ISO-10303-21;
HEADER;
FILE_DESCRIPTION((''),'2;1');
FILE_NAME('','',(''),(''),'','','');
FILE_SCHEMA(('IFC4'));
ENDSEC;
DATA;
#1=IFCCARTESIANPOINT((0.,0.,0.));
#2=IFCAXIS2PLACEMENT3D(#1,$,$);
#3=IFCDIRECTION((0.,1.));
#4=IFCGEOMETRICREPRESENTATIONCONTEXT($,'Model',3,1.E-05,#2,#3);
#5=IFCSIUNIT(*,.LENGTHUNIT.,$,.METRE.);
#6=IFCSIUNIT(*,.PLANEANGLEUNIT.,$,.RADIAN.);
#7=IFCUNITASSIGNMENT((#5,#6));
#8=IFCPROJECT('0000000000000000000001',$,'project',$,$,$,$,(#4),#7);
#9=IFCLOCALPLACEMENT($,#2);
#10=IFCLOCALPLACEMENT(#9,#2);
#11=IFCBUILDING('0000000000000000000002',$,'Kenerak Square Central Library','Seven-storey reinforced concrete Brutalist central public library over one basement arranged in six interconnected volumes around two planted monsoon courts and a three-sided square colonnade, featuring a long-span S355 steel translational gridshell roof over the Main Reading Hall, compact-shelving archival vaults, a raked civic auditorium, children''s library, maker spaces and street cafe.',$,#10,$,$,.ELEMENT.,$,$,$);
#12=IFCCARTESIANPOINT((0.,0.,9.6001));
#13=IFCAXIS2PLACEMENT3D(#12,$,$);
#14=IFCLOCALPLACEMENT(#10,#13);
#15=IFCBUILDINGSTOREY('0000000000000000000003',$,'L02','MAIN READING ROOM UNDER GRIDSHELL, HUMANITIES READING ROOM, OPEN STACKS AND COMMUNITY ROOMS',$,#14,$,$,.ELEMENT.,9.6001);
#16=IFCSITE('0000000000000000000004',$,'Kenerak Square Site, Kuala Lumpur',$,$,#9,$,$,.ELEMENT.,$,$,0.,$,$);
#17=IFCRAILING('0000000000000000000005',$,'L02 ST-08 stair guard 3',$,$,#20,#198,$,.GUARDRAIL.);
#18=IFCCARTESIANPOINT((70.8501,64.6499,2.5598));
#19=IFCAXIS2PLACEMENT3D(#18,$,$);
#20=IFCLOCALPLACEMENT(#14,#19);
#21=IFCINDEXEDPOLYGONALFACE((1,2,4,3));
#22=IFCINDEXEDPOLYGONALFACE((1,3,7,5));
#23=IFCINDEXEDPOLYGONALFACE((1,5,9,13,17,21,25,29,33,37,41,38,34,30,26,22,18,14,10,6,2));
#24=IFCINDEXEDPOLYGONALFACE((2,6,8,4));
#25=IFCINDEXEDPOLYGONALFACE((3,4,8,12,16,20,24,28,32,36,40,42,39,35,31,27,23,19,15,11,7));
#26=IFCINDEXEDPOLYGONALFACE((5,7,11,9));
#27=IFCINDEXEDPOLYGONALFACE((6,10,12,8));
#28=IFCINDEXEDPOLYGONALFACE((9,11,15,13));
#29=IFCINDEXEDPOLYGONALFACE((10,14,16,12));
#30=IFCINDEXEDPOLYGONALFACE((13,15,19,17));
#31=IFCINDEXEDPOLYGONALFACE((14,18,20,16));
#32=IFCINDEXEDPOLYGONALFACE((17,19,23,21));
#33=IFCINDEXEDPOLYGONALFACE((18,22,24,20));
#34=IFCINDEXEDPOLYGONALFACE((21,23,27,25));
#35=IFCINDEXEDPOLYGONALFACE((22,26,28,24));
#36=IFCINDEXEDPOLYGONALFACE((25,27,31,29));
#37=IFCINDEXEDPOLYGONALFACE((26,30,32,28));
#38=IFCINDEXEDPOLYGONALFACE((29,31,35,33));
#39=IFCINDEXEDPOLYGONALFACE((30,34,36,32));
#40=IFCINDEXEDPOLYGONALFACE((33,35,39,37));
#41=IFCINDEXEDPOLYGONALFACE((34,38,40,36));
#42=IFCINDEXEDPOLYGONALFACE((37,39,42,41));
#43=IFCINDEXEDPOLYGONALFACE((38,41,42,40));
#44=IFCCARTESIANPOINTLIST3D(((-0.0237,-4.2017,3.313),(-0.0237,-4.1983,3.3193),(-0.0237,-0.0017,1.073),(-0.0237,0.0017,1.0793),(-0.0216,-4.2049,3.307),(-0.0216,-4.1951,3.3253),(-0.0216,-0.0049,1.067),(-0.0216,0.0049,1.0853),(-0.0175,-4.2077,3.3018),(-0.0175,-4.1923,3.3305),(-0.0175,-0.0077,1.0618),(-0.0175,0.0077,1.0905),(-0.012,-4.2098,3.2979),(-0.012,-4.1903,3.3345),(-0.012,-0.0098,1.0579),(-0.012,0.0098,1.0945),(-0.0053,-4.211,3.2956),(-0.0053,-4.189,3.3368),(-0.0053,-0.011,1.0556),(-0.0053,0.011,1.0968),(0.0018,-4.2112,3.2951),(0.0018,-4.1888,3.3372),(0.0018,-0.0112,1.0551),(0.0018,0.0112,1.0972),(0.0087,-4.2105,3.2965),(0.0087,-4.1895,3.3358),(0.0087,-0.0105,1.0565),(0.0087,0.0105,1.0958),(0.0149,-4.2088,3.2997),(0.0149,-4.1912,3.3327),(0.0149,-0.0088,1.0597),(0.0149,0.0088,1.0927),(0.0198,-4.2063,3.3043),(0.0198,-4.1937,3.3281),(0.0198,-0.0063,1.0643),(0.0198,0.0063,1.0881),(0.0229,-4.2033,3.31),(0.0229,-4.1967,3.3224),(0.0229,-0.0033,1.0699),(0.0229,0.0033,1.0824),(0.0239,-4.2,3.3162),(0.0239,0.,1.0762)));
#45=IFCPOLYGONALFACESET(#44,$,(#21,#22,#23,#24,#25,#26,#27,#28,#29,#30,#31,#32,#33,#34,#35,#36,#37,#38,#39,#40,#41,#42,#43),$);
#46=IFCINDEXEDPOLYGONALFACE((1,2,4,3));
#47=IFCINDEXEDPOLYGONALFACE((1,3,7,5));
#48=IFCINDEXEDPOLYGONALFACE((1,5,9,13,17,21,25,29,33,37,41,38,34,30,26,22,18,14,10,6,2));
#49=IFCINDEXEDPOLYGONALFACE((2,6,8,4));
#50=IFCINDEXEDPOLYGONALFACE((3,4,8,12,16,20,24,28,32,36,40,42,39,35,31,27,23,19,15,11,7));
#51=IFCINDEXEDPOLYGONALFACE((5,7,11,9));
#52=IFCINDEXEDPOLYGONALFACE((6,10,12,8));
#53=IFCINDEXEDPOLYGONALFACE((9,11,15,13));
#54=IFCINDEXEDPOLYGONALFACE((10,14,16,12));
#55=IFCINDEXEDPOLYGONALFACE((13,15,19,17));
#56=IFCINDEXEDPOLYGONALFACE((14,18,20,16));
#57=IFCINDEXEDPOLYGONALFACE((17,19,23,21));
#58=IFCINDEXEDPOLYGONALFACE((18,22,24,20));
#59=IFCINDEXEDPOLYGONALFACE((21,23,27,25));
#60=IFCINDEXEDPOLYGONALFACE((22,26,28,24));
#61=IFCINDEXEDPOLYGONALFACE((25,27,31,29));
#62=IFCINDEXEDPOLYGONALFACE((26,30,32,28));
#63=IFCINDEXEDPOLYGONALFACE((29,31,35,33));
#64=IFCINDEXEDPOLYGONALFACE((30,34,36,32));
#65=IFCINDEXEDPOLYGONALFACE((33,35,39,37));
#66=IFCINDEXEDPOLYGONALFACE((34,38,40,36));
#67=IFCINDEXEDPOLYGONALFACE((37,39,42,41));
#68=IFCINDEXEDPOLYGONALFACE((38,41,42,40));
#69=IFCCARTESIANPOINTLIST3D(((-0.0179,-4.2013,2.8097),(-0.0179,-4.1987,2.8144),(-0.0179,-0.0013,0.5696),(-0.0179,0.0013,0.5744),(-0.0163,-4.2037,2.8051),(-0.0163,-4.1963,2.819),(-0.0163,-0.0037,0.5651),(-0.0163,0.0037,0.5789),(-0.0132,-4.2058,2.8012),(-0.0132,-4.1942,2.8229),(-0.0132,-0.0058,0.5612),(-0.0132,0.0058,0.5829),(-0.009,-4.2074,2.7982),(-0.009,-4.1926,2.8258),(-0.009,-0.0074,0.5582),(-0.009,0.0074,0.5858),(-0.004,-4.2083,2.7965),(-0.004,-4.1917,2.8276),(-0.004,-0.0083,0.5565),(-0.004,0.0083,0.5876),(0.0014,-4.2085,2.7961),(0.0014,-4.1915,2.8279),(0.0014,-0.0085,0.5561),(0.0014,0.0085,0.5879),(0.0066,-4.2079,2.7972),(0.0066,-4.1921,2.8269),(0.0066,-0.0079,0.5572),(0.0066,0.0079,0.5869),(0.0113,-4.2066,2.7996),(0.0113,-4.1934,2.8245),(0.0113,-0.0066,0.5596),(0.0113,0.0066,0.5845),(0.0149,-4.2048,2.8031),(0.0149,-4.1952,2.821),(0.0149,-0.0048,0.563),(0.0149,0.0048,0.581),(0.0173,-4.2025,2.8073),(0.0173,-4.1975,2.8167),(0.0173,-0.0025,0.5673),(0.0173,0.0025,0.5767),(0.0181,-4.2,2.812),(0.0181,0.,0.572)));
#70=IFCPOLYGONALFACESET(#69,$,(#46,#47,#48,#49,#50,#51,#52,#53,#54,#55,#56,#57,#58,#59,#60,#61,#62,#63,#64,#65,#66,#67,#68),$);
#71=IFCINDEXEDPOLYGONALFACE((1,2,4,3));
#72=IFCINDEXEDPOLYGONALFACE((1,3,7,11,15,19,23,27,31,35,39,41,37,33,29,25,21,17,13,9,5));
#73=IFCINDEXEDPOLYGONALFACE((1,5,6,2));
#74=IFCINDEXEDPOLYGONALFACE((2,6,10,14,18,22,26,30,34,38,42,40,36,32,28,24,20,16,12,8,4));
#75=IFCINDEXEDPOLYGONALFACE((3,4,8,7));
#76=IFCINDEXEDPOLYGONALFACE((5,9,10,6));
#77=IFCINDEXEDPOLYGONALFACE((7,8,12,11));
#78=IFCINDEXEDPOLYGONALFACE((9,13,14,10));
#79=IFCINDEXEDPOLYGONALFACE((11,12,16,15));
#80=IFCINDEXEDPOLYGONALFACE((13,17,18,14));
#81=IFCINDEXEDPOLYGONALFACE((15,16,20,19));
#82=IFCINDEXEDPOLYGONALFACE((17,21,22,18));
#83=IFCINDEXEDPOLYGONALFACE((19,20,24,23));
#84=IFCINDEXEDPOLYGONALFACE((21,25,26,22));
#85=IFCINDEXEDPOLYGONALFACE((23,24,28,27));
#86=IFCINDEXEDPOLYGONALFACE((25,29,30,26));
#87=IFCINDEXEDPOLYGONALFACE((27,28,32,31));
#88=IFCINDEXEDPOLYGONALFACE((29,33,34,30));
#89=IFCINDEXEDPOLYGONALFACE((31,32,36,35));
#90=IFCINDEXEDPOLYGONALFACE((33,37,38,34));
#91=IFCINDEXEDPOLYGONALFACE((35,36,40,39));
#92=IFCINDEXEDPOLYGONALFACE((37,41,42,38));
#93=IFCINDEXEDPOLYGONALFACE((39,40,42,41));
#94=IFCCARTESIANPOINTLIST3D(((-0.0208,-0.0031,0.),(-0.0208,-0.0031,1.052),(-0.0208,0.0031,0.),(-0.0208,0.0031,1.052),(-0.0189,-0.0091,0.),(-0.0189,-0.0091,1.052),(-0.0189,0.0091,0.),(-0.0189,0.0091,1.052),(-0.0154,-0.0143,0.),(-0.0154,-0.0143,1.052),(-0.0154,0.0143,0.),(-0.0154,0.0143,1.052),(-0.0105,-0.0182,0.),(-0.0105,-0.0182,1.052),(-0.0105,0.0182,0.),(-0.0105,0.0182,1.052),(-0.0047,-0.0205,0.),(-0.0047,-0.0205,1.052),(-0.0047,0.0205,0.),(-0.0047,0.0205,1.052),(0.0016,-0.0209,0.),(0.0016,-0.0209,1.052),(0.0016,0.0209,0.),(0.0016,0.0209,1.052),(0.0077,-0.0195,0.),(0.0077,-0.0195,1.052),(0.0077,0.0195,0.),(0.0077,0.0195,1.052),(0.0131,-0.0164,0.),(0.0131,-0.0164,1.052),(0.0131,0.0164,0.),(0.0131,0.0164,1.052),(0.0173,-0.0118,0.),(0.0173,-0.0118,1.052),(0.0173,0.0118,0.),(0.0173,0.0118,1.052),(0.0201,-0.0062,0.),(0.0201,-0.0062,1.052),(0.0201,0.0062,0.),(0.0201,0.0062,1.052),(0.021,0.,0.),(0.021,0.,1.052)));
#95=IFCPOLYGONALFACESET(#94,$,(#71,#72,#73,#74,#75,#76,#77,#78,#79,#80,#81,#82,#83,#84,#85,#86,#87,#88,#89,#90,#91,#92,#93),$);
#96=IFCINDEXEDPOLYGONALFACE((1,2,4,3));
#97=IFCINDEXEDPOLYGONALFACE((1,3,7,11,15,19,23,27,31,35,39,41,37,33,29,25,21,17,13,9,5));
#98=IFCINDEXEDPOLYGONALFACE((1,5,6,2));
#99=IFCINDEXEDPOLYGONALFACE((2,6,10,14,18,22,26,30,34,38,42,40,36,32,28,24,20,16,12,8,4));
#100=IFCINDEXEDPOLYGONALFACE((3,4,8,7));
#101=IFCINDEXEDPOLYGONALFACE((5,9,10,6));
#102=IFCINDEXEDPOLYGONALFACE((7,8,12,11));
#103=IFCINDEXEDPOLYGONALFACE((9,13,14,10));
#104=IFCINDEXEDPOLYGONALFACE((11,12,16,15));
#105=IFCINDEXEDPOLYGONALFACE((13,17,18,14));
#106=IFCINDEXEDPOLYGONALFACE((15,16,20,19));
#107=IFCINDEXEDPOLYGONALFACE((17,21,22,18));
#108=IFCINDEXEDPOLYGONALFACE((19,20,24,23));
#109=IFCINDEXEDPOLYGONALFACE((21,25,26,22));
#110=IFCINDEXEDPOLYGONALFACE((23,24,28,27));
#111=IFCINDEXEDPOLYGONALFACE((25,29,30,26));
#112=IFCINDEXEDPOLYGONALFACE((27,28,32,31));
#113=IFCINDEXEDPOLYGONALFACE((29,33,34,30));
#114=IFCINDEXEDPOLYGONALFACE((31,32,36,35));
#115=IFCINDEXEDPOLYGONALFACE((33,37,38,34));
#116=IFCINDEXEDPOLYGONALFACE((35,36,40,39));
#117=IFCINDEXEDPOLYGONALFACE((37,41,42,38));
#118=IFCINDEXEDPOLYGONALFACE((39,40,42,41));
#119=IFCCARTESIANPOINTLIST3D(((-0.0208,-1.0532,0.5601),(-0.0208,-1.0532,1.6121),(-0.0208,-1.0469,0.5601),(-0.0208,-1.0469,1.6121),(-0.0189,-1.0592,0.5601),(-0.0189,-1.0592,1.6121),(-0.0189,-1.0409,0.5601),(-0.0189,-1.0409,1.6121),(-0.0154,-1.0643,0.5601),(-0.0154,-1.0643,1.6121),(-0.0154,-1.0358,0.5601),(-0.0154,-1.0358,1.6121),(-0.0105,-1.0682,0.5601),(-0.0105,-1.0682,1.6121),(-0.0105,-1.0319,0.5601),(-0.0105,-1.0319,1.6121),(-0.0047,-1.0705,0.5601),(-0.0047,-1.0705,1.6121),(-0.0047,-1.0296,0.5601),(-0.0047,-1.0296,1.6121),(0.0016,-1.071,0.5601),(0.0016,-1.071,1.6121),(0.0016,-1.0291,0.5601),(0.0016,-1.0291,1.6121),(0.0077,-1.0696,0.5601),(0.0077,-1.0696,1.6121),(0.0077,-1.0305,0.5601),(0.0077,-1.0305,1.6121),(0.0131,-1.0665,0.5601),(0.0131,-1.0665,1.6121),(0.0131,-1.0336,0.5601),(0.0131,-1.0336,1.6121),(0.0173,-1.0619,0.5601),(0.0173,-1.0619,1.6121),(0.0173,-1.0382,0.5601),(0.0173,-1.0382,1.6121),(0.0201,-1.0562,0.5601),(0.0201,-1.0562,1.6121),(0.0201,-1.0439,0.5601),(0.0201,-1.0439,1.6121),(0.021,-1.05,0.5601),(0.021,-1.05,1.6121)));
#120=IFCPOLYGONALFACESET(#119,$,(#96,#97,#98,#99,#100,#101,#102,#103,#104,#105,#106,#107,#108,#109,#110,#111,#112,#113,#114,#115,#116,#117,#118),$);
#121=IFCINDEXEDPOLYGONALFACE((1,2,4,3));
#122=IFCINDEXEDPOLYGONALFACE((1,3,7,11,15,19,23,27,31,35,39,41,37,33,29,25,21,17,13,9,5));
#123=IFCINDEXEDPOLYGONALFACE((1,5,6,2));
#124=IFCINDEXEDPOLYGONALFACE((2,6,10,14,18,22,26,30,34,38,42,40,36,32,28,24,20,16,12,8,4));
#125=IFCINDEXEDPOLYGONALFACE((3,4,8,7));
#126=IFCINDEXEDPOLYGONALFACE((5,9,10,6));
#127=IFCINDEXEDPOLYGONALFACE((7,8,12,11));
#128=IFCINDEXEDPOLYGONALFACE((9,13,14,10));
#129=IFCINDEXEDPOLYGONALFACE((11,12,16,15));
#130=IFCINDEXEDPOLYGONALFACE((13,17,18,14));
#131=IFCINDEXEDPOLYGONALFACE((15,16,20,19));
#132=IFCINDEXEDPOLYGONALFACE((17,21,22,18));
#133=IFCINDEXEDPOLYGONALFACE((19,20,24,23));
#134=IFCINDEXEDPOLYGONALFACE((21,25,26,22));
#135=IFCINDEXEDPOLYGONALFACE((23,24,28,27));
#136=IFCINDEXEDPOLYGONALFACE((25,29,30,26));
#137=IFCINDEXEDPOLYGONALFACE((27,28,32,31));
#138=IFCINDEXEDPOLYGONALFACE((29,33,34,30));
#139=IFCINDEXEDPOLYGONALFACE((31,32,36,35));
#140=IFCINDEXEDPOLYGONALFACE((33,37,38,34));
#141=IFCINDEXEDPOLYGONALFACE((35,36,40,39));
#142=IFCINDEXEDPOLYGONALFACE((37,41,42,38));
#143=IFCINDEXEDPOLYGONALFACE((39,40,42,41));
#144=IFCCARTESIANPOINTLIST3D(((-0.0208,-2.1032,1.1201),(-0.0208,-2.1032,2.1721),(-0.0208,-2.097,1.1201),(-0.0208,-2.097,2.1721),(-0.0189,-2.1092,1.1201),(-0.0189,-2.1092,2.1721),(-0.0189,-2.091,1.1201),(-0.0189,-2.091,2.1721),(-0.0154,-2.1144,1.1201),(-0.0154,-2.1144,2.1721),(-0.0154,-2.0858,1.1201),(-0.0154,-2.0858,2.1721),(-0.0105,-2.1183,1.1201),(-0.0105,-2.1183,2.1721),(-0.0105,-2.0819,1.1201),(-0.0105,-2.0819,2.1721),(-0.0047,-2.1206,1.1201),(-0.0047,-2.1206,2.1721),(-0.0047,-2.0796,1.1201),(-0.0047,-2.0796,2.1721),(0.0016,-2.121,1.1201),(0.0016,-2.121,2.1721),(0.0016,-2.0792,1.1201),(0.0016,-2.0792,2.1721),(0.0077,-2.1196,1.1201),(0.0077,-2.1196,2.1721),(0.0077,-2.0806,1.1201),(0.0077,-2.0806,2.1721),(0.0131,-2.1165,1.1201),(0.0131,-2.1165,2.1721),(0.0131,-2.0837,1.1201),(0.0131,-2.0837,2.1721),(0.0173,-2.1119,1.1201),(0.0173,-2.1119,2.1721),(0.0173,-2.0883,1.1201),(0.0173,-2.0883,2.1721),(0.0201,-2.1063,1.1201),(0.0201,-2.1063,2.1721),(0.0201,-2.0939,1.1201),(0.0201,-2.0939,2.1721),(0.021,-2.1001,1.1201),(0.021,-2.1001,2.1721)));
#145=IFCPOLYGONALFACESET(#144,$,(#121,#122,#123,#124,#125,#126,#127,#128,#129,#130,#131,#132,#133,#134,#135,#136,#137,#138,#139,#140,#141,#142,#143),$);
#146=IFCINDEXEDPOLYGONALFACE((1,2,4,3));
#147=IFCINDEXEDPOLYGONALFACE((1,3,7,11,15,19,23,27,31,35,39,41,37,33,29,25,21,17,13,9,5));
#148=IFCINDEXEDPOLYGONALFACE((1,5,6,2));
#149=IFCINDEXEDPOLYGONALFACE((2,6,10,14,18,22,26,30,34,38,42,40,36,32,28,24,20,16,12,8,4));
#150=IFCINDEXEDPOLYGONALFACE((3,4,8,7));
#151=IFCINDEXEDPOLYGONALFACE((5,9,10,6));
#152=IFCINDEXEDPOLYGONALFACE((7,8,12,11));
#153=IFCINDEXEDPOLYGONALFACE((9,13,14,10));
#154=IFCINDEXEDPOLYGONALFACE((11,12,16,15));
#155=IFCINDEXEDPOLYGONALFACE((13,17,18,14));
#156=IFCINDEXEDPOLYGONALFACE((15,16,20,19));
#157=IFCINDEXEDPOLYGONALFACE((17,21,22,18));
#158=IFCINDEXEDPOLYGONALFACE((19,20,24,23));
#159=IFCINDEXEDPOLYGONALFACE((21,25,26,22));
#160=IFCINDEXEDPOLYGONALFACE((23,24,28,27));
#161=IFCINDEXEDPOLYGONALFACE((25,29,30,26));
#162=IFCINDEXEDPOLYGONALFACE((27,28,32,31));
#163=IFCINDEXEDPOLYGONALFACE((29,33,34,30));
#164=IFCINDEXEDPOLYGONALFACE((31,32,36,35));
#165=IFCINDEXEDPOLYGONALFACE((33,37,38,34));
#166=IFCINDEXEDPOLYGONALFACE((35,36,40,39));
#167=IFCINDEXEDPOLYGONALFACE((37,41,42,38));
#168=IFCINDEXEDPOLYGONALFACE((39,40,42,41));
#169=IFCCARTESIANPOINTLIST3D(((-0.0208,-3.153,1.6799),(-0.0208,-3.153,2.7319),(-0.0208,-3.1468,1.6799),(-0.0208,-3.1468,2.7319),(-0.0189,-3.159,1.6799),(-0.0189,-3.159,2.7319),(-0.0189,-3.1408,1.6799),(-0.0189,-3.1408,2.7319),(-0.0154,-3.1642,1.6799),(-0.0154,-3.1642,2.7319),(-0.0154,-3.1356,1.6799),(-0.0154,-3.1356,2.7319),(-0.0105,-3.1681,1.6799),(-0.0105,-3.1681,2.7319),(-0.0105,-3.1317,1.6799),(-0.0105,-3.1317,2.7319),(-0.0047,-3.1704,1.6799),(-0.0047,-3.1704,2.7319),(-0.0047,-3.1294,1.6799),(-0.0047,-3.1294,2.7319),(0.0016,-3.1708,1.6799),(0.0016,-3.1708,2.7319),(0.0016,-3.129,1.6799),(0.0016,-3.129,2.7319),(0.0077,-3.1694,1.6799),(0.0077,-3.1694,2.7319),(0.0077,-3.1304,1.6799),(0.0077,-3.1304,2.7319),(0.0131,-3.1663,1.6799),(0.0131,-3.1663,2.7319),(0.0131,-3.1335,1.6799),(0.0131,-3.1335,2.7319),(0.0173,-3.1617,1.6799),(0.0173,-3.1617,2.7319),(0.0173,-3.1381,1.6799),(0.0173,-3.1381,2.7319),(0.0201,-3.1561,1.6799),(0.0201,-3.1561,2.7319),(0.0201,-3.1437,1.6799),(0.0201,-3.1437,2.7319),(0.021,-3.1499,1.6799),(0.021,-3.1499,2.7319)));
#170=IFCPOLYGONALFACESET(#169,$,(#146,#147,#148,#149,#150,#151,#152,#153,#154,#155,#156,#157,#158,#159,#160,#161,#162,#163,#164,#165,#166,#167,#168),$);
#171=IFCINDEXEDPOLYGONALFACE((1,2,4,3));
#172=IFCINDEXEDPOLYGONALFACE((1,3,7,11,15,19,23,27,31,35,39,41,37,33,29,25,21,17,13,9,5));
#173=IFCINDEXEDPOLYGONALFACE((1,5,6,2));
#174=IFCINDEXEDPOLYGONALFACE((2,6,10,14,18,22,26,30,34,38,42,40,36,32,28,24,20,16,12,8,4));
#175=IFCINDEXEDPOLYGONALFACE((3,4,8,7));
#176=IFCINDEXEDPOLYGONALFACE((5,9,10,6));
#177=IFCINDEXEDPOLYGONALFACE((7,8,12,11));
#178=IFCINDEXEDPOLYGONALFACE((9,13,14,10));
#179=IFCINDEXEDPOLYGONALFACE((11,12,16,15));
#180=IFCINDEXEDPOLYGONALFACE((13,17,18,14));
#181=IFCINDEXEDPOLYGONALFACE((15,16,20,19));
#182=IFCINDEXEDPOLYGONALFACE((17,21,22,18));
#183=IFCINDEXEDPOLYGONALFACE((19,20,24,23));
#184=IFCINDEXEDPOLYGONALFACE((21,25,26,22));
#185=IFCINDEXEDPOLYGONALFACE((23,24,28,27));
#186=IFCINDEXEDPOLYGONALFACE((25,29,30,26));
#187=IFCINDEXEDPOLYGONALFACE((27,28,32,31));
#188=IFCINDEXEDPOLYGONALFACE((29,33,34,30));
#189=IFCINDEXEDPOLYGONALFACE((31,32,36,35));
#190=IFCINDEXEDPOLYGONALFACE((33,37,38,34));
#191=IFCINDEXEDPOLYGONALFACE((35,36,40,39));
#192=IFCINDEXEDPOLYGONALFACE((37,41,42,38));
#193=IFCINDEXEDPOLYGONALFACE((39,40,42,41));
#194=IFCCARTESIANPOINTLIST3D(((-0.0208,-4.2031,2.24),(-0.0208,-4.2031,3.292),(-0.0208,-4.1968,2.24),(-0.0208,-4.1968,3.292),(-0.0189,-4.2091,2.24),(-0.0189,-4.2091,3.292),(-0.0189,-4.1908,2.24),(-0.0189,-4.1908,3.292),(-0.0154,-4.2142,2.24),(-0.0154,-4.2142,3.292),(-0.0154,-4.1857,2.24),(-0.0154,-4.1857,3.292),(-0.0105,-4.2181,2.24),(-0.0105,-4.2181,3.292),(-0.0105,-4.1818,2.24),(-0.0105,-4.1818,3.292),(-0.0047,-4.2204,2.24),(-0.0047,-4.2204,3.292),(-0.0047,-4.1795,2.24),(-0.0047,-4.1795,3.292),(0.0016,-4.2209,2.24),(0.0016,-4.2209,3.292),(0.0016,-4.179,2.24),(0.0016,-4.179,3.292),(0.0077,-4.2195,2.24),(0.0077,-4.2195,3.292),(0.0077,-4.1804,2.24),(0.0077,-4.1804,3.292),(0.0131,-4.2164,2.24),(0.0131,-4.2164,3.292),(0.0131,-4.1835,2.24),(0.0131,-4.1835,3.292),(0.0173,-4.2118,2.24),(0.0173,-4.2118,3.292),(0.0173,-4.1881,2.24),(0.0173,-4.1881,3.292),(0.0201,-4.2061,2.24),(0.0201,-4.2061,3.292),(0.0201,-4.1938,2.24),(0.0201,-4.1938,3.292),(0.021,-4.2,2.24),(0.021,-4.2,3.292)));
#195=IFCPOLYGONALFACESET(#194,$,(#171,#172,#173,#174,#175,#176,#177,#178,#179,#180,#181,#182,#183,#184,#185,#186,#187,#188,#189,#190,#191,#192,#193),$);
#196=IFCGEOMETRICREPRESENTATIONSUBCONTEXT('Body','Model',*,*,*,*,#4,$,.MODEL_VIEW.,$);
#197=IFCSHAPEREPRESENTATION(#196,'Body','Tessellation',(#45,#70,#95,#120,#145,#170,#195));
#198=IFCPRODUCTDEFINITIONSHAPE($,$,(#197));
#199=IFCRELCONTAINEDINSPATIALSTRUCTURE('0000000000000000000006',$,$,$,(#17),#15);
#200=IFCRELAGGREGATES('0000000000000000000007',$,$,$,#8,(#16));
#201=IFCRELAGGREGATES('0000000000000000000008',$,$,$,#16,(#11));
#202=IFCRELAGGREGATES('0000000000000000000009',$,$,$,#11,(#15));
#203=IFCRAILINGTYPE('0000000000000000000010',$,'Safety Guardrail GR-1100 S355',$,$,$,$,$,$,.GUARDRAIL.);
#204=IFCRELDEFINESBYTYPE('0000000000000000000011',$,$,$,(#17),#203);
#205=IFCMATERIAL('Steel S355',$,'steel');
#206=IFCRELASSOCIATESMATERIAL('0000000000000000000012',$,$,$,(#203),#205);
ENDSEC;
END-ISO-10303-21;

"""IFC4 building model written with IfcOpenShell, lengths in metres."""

from ifc_helpers import new_model, si_unit, direction, frame, origin, origin_2d, place, context, subcontext, project, spatial, circle, extrude, material, type_object, element, save


model = new_model("IFC4")

# Units and contexts
model_context = context("Model", 3, precision=1e-05, world=origin(), true_north=direction((0.0, 1.0)))
body_context = subcontext(model_context, "Body", "Model", "MODEL_VIEW")
ifc_project = project(units=[si_unit("LENGTHUNIT", "METRE"), si_unit("PLANEANGLEUNIT", "RADIAN")], contexts=[model_context])

# Site, building, storey
site_placement = place(None, origin())
site = spatial("IfcSite", under=ifc_project, at=site_placement, Name="Kenerak Square Site, Kuala Lumpur", CompositionType="ELEMENT", RefElevation=0.0)
building_placement = place(site_placement, origin())
building = spatial("IfcBuilding", under=site, at=building_placement, Name="Kenerak Square Central Library", Description="Seven-storey reinforced concrete Brutalist central public library over one basement arranged in six interconnected volumes around two planted monsoon courts and a three-sided square colonnade, featuring a long-span S355 steel translational gridshell roof over the Main Reading Hall, compact-shelving archival vaults, a raked civic auditorium, children's library, maker spaces and street cafe.", CompositionType="ELEMENT")
storey_placement = place(building_placement, frame((0.0, 0.0, 9.6001)))
storey = spatial("IfcBuildingStorey", under=building, at=storey_placement, Name="L02", Description="MAIN READING ROOM UNDER GRIDSHELL, HUMANITIES READING ROOM, OPEN STACKS AND COMMUNITY ROOMS", CompositionType="ELEMENT", Elevation=9.6001)

# Railing
ifc_material_1 = material(Name="Steel S355", Category="steel")
railing_type_1 = type_object("IfcRailingType", Name="Safety Guardrail GR-1100 S355", PredefinedType="GUARDRAIL", material=ifc_material_1)
railing_1_placement = place(storey_placement, frame((70.8501, 64.6499, 2.5598)))
element("IfcRailing", 1, at=railing_1_placement, inside=storey, type_object=railing_type_1, Name="L02 ST-08 stair guard 3", PredefinedType="GUARDRAIL", context=body_context, shape_type="SweptSolid", body=[
    extrude(circle(Radius=0.0239, at=origin_2d()), frame((0.0, 0.0, 1.0762), z_axis=(0.0, -0.882352, 0.470591), x_axis=(1.0, 0.0, 0.0)), (0.0, 0.0, 1.0), 4.76),
    extrude(circle(Radius=0.0181, at=origin_2d()), frame((0.0, 0.0, 0.572), z_axis=(0.0, -0.882352, 0.470591), x_axis=(1.0, 0.0, 0.0)), (0.0, 0.0, 1.0), 4.76),
    extrude(circle(Radius=0.021, at=origin_2d()), origin(), (0.0, 0.0, 1.0), 1.052),
    extrude(circle(Radius=0.021, at=origin_2d()), frame((0.0, -1.05, 0.5601)), (0.0, 0.0, 1.0), 1.052),
    extrude(circle(Radius=0.021, at=origin_2d()), frame((0.0, -2.1001, 1.1201)), (0.0, 0.0, 1.0), 1.052),
    extrude(circle(Radius=0.021, at=origin_2d()), frame((0.0, -3.1499, 1.6799)), (0.0, 0.0, 1.0), 1.052),
    extrude(circle(Radius=0.021, at=origin_2d()), frame((0.0, -4.2, 2.24)), (0.0, 0.0, 1.0), 1.052),
])

save(model, "model.ifc")
